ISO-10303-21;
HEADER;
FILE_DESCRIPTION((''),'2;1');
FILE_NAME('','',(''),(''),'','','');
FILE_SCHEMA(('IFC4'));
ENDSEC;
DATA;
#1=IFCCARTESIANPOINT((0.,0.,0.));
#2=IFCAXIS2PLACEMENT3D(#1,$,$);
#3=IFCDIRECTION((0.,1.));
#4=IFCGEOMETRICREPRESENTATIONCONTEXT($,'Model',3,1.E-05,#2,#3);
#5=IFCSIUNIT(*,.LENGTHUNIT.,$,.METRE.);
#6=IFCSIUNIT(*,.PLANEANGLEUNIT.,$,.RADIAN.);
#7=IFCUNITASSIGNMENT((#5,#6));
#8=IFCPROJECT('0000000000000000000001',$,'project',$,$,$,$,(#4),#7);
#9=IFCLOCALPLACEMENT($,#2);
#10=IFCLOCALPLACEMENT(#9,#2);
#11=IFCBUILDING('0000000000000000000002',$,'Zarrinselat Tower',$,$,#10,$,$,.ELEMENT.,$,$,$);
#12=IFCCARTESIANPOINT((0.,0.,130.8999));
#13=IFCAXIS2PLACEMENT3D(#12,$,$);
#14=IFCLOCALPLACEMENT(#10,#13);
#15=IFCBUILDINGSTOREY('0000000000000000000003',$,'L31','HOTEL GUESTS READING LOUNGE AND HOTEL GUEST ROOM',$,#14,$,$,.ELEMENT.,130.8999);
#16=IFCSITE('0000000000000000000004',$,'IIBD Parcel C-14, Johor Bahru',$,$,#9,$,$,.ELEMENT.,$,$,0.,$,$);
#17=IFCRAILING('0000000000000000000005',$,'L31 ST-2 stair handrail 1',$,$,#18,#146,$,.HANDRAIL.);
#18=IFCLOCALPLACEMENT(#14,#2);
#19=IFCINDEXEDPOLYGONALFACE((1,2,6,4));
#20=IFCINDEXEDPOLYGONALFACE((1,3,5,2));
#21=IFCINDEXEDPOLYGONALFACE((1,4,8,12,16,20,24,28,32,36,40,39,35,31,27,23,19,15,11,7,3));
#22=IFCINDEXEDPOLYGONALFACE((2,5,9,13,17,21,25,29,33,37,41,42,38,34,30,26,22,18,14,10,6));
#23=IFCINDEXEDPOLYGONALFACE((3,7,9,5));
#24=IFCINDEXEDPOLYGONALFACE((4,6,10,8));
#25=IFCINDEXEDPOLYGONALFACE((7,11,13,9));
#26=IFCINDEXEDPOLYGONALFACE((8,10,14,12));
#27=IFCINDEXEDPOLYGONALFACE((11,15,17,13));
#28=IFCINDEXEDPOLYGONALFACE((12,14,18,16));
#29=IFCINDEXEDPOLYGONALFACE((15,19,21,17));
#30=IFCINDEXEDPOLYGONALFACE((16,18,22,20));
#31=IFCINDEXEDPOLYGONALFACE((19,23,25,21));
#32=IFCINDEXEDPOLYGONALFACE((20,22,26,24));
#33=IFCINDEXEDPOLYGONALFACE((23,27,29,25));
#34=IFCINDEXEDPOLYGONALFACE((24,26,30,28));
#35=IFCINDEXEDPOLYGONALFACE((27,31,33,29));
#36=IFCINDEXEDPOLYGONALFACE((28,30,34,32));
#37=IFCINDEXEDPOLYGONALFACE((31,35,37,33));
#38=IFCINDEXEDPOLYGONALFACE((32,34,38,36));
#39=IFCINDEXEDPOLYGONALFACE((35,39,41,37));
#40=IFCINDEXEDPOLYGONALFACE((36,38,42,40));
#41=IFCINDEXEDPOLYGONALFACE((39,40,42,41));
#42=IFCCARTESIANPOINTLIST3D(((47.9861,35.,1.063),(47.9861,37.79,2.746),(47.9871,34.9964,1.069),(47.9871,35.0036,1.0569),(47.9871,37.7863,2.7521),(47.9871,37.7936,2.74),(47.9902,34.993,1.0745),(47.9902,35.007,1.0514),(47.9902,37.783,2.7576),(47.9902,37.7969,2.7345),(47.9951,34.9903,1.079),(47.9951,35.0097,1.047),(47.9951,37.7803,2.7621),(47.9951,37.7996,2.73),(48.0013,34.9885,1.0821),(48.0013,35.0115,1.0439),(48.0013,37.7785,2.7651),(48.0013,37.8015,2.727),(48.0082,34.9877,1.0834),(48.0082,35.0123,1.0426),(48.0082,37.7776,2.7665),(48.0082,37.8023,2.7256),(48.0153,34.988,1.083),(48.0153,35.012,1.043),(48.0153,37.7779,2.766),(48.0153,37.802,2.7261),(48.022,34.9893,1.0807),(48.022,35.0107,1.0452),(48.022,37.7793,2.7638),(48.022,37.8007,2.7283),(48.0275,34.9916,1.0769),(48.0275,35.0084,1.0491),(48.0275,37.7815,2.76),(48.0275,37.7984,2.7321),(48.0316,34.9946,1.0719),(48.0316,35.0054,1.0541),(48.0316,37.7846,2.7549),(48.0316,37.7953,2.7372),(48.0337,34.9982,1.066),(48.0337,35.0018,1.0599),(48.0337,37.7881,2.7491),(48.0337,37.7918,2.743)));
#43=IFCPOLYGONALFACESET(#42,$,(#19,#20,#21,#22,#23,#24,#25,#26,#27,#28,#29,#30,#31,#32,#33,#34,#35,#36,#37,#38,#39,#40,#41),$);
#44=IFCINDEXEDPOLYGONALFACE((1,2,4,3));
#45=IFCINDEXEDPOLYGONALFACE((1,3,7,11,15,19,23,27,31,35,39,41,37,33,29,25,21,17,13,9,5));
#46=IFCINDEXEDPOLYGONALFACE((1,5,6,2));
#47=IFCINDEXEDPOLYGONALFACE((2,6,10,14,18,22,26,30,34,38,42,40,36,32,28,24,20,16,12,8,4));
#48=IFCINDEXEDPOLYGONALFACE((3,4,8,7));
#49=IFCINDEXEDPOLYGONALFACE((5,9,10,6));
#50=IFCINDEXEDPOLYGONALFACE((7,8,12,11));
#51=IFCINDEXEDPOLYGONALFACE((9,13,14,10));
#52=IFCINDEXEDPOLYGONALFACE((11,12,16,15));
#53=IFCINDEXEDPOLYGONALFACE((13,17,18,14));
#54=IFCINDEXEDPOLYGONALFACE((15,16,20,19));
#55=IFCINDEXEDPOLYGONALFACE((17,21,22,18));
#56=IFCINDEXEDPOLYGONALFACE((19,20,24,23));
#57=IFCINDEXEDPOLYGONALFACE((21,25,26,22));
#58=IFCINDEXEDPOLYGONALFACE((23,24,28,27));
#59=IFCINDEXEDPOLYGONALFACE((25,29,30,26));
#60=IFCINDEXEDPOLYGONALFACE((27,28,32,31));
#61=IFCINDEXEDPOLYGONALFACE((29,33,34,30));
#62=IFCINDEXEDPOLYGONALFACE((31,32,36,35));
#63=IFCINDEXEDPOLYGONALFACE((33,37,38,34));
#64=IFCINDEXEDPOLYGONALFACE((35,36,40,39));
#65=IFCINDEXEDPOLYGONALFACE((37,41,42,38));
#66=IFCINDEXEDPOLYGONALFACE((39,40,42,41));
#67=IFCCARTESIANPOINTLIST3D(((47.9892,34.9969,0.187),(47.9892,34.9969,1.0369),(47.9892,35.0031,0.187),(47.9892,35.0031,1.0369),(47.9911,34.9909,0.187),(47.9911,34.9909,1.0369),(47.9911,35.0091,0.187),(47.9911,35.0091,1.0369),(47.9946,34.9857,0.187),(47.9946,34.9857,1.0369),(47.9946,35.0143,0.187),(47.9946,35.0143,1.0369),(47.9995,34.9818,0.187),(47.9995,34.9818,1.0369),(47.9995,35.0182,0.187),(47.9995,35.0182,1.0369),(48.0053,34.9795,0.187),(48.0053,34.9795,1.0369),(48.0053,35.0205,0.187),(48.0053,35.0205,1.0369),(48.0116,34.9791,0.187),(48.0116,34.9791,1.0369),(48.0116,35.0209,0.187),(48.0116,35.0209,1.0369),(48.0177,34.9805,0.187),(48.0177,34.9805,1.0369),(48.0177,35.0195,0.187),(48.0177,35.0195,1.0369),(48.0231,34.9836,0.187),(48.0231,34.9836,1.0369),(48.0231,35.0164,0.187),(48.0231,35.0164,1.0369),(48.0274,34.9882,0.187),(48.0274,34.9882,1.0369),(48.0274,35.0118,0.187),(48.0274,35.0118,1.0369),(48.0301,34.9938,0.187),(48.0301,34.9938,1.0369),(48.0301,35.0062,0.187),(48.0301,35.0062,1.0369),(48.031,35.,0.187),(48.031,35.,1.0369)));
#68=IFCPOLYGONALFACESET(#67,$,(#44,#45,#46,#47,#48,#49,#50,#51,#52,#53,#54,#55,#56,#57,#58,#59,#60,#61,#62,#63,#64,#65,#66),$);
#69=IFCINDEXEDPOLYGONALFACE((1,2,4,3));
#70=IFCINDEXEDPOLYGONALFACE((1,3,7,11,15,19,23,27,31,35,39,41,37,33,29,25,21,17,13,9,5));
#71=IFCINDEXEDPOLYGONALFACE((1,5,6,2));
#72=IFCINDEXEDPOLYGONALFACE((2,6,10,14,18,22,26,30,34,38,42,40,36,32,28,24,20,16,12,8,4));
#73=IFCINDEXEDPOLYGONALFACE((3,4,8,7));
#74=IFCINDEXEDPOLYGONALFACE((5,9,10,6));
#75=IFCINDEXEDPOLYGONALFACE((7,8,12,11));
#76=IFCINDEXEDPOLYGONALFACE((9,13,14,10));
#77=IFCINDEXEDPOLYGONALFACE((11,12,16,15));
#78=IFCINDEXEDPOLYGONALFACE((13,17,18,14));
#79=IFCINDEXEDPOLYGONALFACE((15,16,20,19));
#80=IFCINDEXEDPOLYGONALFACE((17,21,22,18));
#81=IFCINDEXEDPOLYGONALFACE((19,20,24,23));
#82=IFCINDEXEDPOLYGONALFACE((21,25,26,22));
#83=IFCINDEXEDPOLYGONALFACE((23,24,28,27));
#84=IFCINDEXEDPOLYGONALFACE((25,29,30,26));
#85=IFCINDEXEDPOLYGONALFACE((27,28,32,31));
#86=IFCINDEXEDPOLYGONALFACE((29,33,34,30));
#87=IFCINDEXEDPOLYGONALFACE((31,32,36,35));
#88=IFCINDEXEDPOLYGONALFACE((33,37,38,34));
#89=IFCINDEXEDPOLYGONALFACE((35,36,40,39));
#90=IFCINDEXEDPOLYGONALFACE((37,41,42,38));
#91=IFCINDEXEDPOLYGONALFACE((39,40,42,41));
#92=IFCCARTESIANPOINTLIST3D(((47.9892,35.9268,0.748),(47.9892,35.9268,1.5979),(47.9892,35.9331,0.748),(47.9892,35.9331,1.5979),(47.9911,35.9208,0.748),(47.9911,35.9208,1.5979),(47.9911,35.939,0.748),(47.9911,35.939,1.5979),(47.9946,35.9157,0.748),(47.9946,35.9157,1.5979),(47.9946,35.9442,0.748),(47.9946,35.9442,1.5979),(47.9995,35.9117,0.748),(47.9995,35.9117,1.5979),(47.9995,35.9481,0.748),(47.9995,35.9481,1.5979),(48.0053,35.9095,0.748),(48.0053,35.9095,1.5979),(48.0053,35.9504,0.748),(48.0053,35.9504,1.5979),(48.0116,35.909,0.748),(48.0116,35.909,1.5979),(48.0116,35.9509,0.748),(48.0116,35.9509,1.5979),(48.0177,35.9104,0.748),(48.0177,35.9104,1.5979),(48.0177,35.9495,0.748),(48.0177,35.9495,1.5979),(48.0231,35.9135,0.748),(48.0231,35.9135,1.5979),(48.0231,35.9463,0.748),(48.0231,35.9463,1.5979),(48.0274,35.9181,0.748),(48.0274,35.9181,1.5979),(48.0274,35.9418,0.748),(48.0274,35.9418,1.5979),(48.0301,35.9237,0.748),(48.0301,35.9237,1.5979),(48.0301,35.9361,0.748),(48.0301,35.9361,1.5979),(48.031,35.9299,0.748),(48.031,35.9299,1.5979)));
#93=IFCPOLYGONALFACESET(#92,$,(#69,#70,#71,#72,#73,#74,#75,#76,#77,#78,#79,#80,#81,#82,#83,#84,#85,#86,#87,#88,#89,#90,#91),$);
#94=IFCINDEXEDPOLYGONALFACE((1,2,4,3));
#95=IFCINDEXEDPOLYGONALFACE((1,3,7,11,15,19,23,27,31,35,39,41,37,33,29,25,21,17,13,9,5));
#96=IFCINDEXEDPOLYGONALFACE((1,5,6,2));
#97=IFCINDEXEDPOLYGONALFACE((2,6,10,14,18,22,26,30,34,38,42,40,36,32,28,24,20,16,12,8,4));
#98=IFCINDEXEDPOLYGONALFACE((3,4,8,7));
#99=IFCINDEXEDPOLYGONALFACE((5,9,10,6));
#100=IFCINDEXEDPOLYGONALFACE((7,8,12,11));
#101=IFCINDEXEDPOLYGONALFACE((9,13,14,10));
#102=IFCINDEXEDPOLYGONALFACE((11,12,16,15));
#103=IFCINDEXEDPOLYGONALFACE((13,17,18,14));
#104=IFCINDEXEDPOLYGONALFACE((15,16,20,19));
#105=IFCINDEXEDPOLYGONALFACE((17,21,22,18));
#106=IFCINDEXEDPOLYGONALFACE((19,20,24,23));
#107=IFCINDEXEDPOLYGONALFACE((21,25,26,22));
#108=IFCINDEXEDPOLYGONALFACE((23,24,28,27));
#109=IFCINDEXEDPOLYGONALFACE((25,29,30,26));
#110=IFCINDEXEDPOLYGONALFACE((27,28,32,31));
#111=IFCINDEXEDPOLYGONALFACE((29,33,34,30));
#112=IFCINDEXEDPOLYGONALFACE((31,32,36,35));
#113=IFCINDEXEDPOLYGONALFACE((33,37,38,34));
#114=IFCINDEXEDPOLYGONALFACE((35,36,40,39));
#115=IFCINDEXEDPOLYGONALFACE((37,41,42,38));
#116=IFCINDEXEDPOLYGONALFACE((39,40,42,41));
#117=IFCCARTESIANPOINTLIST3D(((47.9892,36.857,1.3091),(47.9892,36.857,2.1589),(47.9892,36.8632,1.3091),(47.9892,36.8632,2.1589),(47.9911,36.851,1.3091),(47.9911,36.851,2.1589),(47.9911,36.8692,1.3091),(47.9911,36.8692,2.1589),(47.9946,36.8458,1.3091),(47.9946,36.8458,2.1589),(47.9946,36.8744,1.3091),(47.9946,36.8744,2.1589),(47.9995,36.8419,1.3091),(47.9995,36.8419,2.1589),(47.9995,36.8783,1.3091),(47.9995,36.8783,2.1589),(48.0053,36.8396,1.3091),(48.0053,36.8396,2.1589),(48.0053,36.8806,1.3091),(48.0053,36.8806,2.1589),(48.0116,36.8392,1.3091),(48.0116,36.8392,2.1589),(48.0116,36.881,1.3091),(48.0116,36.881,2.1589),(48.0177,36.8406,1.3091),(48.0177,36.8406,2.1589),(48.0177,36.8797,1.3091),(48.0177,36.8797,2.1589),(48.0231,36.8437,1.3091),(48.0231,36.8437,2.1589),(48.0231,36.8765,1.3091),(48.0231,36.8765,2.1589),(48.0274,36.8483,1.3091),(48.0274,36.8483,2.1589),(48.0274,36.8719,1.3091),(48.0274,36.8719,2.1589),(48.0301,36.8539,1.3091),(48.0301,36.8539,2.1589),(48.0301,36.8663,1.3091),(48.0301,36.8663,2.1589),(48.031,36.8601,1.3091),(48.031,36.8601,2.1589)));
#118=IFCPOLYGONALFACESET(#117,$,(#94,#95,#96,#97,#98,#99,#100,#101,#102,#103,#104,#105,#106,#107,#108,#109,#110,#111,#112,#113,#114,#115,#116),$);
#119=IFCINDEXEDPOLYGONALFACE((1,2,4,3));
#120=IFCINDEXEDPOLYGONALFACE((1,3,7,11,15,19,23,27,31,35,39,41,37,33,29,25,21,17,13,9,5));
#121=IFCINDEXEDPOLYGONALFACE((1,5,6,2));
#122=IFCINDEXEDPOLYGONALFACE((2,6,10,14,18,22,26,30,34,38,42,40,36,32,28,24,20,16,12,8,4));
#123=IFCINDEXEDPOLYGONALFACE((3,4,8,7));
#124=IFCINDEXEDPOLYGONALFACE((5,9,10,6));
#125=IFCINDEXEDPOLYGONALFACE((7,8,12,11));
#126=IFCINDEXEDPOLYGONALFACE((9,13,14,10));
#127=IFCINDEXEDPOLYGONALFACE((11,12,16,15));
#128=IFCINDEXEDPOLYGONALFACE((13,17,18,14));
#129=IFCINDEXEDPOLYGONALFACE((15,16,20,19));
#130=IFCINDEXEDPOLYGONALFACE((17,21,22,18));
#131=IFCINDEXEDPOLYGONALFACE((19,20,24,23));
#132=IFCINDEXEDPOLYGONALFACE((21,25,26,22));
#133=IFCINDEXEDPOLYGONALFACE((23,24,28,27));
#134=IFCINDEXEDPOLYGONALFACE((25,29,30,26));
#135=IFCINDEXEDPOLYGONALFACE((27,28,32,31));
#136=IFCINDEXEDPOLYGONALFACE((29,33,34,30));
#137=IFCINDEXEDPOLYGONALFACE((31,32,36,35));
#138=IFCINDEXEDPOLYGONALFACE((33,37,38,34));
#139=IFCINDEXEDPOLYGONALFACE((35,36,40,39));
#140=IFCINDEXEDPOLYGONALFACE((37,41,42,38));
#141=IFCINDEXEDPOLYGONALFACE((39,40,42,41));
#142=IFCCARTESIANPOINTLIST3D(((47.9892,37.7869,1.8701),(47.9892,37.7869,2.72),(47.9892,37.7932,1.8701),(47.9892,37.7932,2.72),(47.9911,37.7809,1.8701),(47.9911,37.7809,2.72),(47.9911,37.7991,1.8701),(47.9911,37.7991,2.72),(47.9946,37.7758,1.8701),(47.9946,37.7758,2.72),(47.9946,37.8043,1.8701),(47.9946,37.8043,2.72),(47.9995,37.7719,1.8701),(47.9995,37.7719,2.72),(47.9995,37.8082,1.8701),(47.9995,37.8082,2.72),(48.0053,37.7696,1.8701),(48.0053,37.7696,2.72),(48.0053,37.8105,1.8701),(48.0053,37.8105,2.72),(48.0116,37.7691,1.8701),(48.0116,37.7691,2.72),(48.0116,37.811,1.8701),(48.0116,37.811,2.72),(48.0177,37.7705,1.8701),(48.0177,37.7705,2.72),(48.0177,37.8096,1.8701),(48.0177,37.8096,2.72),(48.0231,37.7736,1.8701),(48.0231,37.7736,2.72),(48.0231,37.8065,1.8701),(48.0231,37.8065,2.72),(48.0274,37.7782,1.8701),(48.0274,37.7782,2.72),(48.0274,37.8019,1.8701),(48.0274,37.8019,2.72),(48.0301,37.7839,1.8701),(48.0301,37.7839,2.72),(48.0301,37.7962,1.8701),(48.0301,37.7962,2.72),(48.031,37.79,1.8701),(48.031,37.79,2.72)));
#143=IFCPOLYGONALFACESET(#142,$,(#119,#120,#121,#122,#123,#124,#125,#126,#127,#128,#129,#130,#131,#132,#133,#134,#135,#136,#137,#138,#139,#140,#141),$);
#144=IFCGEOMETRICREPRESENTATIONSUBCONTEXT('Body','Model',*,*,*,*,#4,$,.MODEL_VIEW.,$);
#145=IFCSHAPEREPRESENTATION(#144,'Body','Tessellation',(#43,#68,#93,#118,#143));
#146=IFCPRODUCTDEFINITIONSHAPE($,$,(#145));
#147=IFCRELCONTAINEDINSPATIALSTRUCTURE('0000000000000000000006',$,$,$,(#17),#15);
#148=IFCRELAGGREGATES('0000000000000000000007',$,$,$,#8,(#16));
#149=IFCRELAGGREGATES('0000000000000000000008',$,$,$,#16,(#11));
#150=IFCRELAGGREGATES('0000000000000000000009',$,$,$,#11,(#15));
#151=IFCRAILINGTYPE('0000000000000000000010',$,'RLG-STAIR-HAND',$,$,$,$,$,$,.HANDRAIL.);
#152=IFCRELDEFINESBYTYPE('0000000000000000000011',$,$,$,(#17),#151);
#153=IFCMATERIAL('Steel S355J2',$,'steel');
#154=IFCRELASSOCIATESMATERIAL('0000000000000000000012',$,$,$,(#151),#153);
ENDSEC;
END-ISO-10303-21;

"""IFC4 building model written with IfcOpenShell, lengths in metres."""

from ifc_helpers import new_model, si_unit, direction, frame, origin, origin_2d, place, context, subcontext, project, spatial, circle, extrude, material, type_object, element, save


model = new_model("IFC4")

# Units and contexts
model_context = context("Model", 3, precision=1e-05, world=origin(), true_north=direction((0.0, 1.0)))
body_context = subcontext(model_context, "Body", "Model", "MODEL_VIEW")
ifc_project = project(units=[si_unit("LENGTHUNIT", "METRE"), si_unit("PLANEANGLEUNIT", "RADIAN")], contexts=[model_context])

# Site, building, storey
site_placement = place(None, origin())
site = spatial("IfcSite", under=ifc_project, at=site_placement, Name="IIBD Parcel C-14, Johor Bahru", CompositionType="ELEMENT", RefElevation=0.0)
building_placement = place(site_placement, origin())
building = spatial("IfcBuilding", under=site, at=building_placement, Name="Zarrinselat Tower", CompositionType="ELEMENT")
storey_placement = place(building_placement, frame((0.0, 0.0, 130.8999)))
storey = spatial("IfcBuildingStorey", under=building, at=storey_placement, Name="L31", Description="HOTEL GUESTS READING LOUNGE AND HOTEL GUEST ROOM", CompositionType="ELEMENT", Elevation=130.8999)

# Railing
ifc_material_1 = material(Name="Steel S355J2", Category="steel")
railing_type_1 = type_object("IfcRailingType", Name="RLG-STAIR-HAND", PredefinedType="HANDRAIL", material=ifc_material_1)
railing_1_placement = place(storey_placement, frame((48.01, 35.0, 0.187)))
element("IfcRailing", 1, at=railing_1_placement, inside=storey, type_object=railing_type_1, Name="L31 ST-2 stair handrail 1", PredefinedType="HANDRAIL", context=body_context, shape_type="SweptSolid", body=[
    extrude(circle(Radius=0.0239, at=origin_2d()), frame((0.0, 0.0, 0.876), z_axis=(0.0, 0.856261, 0.516544), x_axis=(-1.0, 0.0, 0.0)), (0.0, 0.0, 1.0), 3.2583),
    extrude(circle(Radius=0.021, at=origin_2d()), origin(), (0.0, 0.0, 1.0), 0.8499),
    extrude(circle(Radius=0.021, at=origin_2d()), frame((0.0, 0.9299, 0.561)), (0.0, 0.0, 1.0), 0.8499),
    extrude(circle(Radius=0.021, at=origin_2d()), frame((0.0, 1.8601, 1.1221)), (0.0, 0.0, 1.0), 0.8499),
    extrude(circle(Radius=0.021, at=origin_2d()), frame((0.0, 2.79, 1.6831)), (0.0, 0.0, 1.0), 0.8499),
])

save(model, "model.ifc")
